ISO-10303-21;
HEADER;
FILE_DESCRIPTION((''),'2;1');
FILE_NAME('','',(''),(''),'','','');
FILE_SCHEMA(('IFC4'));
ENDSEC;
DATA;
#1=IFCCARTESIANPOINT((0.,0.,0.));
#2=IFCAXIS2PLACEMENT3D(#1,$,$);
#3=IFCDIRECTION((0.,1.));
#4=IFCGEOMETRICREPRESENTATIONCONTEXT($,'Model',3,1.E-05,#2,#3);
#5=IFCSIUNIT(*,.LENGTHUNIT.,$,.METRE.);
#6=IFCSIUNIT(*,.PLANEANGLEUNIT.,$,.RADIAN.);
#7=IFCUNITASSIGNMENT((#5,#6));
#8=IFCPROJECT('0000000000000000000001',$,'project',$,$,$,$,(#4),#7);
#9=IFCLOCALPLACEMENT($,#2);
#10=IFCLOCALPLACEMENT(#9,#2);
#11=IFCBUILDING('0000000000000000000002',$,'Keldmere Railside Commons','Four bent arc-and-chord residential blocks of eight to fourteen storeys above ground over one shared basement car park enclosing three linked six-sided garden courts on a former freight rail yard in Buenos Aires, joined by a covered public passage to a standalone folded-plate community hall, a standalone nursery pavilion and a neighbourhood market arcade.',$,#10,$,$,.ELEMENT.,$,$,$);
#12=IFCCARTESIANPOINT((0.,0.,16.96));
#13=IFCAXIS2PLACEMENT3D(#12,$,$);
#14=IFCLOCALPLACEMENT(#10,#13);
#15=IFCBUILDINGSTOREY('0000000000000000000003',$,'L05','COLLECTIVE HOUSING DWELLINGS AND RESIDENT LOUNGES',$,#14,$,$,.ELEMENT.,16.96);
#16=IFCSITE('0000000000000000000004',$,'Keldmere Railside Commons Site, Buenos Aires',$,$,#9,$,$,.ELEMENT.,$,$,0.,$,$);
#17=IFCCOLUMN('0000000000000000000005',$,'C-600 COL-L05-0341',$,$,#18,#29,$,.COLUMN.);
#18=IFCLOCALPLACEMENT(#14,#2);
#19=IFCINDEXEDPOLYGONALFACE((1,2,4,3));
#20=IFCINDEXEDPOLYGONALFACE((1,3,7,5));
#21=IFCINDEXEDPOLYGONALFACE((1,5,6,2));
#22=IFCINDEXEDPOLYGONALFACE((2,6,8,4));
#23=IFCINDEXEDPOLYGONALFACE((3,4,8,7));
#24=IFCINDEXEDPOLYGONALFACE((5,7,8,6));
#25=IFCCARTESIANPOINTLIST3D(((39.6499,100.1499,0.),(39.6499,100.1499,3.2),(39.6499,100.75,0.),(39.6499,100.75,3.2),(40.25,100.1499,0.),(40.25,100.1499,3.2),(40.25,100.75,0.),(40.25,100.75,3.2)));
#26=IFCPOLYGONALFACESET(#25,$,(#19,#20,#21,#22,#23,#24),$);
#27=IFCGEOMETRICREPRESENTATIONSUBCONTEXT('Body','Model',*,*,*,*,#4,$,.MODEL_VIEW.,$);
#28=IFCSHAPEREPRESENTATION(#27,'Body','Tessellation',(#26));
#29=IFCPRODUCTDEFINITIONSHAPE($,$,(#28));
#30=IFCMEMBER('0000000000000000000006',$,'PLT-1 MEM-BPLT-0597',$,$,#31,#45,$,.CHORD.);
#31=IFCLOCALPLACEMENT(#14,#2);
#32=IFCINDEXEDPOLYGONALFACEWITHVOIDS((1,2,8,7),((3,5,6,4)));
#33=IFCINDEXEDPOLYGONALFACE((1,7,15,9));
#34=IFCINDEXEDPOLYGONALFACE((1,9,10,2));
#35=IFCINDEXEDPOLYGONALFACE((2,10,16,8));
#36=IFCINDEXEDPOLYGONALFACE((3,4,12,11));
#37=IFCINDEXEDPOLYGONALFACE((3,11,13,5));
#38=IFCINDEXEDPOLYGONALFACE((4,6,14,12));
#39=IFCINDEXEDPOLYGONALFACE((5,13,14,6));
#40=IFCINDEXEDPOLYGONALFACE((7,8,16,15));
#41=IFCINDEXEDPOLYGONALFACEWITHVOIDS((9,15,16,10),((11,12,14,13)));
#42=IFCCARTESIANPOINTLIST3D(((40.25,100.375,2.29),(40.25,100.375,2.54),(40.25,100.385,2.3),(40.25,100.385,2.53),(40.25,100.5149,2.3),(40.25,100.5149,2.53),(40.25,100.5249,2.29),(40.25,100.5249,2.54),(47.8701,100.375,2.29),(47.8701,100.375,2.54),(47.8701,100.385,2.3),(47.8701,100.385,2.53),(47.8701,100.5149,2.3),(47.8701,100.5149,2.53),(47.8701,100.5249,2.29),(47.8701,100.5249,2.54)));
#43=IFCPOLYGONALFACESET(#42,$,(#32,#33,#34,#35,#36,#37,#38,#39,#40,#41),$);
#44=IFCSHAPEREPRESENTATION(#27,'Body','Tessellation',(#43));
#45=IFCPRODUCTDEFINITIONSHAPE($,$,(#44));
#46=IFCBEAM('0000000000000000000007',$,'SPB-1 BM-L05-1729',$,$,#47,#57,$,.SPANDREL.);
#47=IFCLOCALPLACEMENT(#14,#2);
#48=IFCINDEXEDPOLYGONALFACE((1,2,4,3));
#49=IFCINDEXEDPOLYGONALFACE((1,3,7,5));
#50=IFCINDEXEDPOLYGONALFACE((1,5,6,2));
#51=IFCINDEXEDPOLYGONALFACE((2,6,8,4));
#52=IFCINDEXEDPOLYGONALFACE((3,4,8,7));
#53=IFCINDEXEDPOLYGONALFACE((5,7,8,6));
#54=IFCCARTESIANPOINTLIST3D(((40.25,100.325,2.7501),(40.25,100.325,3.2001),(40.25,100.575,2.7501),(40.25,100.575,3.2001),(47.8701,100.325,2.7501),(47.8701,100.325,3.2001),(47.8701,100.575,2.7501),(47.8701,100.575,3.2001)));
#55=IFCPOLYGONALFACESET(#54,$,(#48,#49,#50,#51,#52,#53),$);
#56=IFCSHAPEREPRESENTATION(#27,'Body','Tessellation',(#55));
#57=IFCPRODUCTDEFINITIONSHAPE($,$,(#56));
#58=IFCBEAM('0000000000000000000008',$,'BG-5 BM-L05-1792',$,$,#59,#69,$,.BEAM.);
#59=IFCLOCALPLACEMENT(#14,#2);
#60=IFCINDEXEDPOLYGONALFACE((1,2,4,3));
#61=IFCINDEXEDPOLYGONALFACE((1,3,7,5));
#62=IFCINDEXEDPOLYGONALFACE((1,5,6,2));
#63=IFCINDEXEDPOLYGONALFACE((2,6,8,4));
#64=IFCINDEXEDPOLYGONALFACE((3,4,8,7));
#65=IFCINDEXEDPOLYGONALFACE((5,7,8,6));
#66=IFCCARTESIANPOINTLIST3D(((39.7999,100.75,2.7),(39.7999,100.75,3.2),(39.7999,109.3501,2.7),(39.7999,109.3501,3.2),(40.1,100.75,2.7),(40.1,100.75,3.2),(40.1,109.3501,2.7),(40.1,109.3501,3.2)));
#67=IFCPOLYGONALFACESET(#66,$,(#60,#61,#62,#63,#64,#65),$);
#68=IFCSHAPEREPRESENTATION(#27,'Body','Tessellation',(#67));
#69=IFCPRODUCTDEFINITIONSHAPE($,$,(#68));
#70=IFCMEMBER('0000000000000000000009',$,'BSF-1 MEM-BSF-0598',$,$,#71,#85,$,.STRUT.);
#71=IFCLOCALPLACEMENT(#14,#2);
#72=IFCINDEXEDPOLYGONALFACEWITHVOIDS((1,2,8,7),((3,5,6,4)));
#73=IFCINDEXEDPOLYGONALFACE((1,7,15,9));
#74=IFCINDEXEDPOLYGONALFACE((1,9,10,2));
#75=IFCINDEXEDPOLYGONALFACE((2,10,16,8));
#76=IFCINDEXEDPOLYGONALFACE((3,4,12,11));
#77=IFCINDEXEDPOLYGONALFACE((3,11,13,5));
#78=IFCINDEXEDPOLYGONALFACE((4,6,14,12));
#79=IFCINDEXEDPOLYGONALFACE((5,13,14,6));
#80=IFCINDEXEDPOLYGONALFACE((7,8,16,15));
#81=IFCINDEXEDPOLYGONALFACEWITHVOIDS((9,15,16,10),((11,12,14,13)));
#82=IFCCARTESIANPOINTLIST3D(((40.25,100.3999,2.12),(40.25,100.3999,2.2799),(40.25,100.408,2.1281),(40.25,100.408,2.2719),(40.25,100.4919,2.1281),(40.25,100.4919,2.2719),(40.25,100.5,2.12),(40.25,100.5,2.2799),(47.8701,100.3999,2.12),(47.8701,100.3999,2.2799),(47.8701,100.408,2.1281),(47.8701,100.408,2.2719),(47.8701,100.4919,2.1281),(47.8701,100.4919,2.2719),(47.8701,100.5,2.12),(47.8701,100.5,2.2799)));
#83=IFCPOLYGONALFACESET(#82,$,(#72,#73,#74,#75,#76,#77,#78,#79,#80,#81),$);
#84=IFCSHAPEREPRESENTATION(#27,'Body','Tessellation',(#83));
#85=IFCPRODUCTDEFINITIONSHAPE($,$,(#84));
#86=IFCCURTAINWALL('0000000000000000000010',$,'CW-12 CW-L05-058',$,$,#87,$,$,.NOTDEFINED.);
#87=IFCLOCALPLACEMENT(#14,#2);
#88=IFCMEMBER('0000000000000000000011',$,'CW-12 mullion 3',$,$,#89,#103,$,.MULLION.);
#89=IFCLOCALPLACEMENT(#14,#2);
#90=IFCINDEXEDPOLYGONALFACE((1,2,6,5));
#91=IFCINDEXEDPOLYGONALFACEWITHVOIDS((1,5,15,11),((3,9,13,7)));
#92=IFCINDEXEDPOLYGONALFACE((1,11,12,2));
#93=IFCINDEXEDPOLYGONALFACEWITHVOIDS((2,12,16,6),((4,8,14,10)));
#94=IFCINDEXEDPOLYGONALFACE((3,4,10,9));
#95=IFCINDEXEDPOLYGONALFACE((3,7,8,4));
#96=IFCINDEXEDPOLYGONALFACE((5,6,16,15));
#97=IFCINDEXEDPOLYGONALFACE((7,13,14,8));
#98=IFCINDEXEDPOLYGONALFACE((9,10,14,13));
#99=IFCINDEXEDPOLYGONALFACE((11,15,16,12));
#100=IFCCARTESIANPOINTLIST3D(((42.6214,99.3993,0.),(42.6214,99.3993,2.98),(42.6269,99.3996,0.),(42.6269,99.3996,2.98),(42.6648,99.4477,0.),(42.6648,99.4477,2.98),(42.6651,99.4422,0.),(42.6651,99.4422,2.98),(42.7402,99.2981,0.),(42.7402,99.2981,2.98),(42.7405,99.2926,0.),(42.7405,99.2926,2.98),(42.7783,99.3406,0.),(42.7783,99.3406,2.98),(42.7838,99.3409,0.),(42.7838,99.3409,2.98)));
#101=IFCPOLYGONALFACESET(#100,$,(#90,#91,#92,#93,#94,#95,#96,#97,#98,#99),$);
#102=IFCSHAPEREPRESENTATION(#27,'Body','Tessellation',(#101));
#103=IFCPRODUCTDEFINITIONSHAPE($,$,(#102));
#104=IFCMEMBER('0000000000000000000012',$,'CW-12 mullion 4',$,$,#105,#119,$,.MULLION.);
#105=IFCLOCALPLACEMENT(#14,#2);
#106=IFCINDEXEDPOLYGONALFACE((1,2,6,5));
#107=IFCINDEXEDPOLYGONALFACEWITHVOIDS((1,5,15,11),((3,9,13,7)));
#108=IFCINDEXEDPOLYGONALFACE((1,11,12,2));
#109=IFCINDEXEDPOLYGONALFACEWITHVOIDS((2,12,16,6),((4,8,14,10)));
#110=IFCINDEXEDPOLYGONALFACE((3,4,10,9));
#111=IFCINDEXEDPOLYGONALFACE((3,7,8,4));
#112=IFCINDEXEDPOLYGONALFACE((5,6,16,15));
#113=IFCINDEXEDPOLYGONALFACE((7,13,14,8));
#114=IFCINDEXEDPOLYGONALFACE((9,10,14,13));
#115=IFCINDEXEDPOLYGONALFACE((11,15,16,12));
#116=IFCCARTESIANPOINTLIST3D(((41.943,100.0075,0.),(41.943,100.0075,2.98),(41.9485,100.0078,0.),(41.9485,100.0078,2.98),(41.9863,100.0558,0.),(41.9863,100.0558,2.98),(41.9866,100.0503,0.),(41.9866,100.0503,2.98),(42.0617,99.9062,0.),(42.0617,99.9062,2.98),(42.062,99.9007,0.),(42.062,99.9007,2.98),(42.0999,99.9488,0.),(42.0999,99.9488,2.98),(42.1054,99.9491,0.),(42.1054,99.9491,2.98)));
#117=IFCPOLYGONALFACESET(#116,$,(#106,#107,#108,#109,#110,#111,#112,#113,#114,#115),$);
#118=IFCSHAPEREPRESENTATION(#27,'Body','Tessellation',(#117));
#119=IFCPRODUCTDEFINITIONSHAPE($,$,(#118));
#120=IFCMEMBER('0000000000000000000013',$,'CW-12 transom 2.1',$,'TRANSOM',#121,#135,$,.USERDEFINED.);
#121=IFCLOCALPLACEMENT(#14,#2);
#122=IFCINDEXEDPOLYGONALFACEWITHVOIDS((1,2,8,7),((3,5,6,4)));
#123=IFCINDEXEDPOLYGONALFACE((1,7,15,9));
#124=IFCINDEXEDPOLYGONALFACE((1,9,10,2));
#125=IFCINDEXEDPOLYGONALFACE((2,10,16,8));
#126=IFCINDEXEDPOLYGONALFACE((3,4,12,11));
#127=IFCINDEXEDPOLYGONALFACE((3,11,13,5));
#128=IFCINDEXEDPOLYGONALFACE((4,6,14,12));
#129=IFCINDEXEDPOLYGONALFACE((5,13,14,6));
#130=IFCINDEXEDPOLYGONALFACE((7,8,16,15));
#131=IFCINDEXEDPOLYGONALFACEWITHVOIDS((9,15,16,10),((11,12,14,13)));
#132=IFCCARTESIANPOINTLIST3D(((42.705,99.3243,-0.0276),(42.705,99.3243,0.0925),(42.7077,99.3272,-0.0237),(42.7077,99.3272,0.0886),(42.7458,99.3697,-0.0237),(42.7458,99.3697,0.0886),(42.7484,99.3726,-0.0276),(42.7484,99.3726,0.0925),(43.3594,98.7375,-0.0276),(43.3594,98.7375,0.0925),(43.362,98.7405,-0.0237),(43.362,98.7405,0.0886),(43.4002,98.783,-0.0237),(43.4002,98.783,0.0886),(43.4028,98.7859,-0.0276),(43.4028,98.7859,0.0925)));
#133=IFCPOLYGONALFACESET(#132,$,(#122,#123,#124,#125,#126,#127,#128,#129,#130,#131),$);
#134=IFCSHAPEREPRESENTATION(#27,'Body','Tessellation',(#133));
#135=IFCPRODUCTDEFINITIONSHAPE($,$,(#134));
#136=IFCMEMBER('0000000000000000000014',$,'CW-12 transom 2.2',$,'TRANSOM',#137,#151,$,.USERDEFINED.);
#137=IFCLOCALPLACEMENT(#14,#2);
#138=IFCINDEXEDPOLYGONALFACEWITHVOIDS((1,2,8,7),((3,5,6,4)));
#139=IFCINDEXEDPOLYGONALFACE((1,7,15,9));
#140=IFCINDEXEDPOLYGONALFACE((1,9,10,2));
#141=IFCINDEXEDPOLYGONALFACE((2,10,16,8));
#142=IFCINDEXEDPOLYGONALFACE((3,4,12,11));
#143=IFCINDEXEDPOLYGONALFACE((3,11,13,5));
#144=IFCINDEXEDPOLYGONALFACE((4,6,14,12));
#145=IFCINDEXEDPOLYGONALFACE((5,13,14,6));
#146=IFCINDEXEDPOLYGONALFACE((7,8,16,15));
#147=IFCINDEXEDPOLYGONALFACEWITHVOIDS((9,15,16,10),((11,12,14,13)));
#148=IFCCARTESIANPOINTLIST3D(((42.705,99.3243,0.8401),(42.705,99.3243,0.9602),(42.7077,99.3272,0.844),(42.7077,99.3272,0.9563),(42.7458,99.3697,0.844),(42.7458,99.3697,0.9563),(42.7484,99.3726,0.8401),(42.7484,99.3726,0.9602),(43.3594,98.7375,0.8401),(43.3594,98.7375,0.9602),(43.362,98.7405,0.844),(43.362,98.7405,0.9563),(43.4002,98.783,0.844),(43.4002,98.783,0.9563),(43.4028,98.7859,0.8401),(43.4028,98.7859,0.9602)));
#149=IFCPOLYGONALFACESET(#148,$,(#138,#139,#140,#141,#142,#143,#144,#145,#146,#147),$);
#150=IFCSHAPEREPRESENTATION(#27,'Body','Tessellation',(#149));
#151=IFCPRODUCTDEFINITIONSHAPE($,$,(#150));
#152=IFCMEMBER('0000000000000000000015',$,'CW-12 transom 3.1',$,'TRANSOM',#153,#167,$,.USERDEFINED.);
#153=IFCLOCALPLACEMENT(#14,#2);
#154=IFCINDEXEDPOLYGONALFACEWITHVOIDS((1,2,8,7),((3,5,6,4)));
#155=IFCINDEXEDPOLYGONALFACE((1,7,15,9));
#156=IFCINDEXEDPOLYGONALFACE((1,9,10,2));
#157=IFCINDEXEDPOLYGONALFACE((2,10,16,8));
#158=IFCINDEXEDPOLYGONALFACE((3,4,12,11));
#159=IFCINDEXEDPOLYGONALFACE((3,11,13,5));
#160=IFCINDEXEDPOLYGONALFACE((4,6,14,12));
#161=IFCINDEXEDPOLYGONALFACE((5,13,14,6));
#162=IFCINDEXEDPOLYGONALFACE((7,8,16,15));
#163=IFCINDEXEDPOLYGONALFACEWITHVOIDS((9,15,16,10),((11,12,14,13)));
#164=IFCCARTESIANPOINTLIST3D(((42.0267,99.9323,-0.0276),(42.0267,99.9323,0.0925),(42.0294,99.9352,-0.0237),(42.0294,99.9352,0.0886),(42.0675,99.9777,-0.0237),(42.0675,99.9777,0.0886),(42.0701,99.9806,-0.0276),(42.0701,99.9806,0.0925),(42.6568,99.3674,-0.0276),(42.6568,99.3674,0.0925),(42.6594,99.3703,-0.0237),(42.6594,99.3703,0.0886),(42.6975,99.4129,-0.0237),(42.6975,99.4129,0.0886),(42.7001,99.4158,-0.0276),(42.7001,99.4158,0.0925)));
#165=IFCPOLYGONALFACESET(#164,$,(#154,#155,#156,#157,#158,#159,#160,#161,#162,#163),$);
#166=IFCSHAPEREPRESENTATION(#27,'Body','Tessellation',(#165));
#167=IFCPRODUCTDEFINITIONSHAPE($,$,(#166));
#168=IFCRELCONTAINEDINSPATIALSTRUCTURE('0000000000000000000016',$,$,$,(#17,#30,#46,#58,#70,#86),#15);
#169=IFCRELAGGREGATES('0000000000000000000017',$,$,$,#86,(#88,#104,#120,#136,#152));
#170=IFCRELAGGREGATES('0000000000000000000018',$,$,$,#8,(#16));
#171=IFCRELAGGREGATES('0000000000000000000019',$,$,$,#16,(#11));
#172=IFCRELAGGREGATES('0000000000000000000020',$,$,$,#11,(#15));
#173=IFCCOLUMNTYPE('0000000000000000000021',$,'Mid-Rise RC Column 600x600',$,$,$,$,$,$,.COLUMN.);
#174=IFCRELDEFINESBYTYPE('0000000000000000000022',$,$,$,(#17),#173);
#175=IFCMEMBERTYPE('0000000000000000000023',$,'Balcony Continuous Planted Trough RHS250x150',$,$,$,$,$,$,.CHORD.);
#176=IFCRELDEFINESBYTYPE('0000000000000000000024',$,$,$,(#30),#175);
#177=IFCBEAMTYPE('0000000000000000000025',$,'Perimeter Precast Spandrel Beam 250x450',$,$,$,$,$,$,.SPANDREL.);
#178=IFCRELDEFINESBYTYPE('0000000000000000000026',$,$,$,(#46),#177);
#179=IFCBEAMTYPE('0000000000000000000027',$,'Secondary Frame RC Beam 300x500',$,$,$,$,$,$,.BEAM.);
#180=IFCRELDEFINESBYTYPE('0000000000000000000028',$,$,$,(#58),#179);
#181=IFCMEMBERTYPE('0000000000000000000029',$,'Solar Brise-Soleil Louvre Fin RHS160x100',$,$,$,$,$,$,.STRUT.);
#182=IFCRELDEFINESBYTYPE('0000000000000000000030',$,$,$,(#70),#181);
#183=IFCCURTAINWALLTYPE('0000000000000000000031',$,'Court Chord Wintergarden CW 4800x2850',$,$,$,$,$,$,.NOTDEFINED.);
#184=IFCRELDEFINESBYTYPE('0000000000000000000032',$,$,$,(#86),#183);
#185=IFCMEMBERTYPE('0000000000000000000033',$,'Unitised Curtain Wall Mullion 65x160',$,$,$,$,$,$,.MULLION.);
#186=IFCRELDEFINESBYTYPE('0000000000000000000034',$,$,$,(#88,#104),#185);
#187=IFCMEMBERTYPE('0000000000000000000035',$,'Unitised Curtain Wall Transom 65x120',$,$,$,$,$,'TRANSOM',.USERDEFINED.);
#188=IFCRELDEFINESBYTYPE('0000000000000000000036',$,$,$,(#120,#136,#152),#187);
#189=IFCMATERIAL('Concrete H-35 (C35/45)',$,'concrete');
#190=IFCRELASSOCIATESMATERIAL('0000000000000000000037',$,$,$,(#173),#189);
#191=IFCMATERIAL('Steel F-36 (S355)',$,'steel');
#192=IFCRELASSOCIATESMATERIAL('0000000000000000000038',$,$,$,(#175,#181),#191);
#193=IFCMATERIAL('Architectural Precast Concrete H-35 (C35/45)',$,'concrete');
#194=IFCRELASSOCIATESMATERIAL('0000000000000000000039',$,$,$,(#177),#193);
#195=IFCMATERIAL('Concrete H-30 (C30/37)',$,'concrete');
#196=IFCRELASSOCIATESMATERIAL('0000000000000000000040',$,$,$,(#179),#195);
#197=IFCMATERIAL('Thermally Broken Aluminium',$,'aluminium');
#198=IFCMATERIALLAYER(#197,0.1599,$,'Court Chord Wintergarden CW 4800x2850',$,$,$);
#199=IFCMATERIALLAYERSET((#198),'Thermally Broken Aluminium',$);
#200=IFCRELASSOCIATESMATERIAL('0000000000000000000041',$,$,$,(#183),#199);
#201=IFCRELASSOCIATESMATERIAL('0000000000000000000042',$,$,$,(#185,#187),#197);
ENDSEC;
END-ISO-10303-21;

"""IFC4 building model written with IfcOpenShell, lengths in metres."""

from ifc_helpers import new_model, si_unit, direction, frame, origin, origin_2d, place, context, subcontext, project, spatial, rectangle, hollow_rectangle, extrude, material, layer, layer_set, material_profile, profile_set, type_object, element, aggregate, save


model = new_model("IFC4")

# Units and contexts
model_context = context("Model", 3, precision=1e-05, world=origin(), true_north=direction((0.0, 1.0)))
body_context = subcontext(model_context, "Body", "Model", "MODEL_VIEW")
ifc_project = project(units=[si_unit("LENGTHUNIT", "METRE"), si_unit("PLANEANGLEUNIT", "RADIAN")], contexts=[model_context])

# Site, building, storey
site_placement = place(None, origin())
site = spatial("IfcSite", under=ifc_project, at=site_placement, Name="Keldmere Railside Commons Site, Buenos Aires", CompositionType="ELEMENT", RefElevation=0.0)
building_placement = place(site_placement, origin())
building = spatial("IfcBuilding", under=site, at=building_placement, Name="Keldmere Railside Commons", Description="Four bent arc-and-chord residential blocks of eight to fourteen storeys above ground over one shared basement car park enclosing three linked six-sided garden courts on a former freight rail yard in Buenos Aires, joined by a covered public passage to a standalone folded-plate community hall, a standalone nursery pavilion and a neighbourhood market arcade.", CompositionType="ELEMENT")
storey_placement = place(building_placement, frame((0.0, 0.0, 16.96)))
storey = spatial("IfcBuildingStorey", under=building, at=storey_placement, Name="L05", Description="COLLECTIVE HOUSING DWELLINGS AND RESIDENT LOUNGES", CompositionType="ELEMENT", Elevation=16.96)

# Column
ifc_material_1 = material(Name="Concrete H-35 (C35/45)", Category="concrete")
ifc_material_profile_1 = material_profile(ifc_material_1, rectangle(XDim=0.6001, YDim=0.6001, at=origin_2d()), Name="RC-600x600")
ifc_profile_set_1 = profile_set([ifc_material_profile_1], Name="Concrete H-35 (C35/45)")
column_type = type_object("IfcColumnType", Name="Mid-Rise RC Column 600x600", PredefinedType="COLUMN", material=ifc_profile_set_1)
column_placement = place(storey_placement, frame((39.95, 100.45, 0.0), z_axis=(0.0, 0.0, 1.0), x_axis=(1.0, 0.0, 0.0)))
element("IfcColumn", 1, at=column_placement, inside=storey, type_object=column_type, Name="C-600 COL-L05-0341", PredefinedType="COLUMN", context=body_context, shape_type="SweptSolid", body=[
    extrude(rectangle(XDim=0.6001, YDim=0.6001, at=origin_2d()), origin(), (0.0, 0.0, 1.0), 3.2),
])

# Member
ifc_material_2 = material(Name="Steel F-36 (S355)", Category="steel")
ifc_material_profile_2 = material_profile(ifc_material_2, hollow_rectangle(XDim=0.1499, YDim=0.25, WallThickness=0.01, at=origin_2d()), Name="RHS-250x150x10")
ifc_profile_set_2 = profile_set([ifc_material_profile_2], Name="Steel F-36 (S355)")
member_type_1 = type_object("IfcMemberType", Name="Balcony Continuous Planted Trough RHS250x150", PredefinedType="CHORD", material=ifc_profile_set_2)
member_1_placement = place(storey_placement, frame((40.25, 100.45, 2.415), z_axis=(1.0, 0.0, 0.0), x_axis=(0.0, 1.0, 0.0)))
element("IfcMember", 2, at=member_1_placement, inside=storey, type_object=member_type_1, Name="PLT-1 MEM-BPLT-0597", PredefinedType="CHORD", context=body_context, shape_type="SweptSolid", body=[
    extrude(hollow_rectangle(XDim=0.1499, YDim=0.25, WallThickness=0.01, at=origin_2d()), origin(), (0.0, 0.0, 1.0), 7.6201),
])

# Beams
ifc_material_3 = material(Name="Architectural Precast Concrete H-35 (C35/45)", Category="concrete")
ifc_material_profile_3 = material_profile(ifc_material_3, rectangle(XDim=0.25, YDim=0.45, at=origin_2d()), Name="RC-250x450")
ifc_profile_set_3 = profile_set([ifc_material_profile_3], Name="Architectural Precast Concrete H-35 (C35/45)")
beam_type_1 = type_object("IfcBeamType", Name="Perimeter Precast Spandrel Beam 250x450", PredefinedType="SPANDREL", material=ifc_profile_set_3)
beam_1_placement = place(storey_placement, frame((40.25, 100.45, 2.9751), z_axis=(1.0, 0.0, 0.0), x_axis=(0.0, 1.0, 0.0)))
element("IfcBeam", 3, at=beam_1_placement, inside=storey, type_object=beam_type_1, Name="SPB-1 BM-L05-1729", PredefinedType="SPANDREL", context=body_context, shape_type="SweptSolid", body=[
    extrude(rectangle(XDim=0.25, YDim=0.45, at=origin_2d()), origin(), (0.0, 0.0, 1.0), 7.6201),
])
ifc_material_4 = material(Name="Concrete H-30 (C30/37)", Category="concrete")
ifc_material_profile_4 = material_profile(ifc_material_4, rectangle(XDim=0.3, YDim=0.5, at=origin_2d()), Name="RC-300x500")
ifc_profile_set_4 = profile_set([ifc_material_profile_4], Name="Concrete H-30 (C30/37)")
beam_type_2 = type_object("IfcBeamType", Name="Secondary Frame RC Beam 300x500", PredefinedType="BEAM", material=ifc_profile_set_4)
beam_2_placement = place(storey_placement, frame((39.95, 100.75, 2.95), z_axis=(0.0, 1.0, 0.0), x_axis=(-1.0, 0.0, 0.0)))
element("IfcBeam", 4, at=beam_2_placement, inside=storey, type_object=beam_type_2, Name="BG-5 BM-L05-1792", PredefinedType="BEAM", context=body_context, shape_type="SweptSolid", body=[
    extrude(rectangle(XDim=0.3, YDim=0.5, at=origin_2d()), origin(), (0.0, 0.0, 1.0), 8.6001),
])

# Member
ifc_material_profile_5 = material_profile(ifc_material_2, hollow_rectangle(XDim=0.1001, YDim=0.1599, WallThickness=0.0081, at=origin_2d()), Name="RHS-160x100x8")
ifc_profile_set_5 = profile_set([ifc_material_profile_5], Name="Steel F-36 (S355)")
member_type_2 = type_object("IfcMemberType", Name="Solar Brise-Soleil Louvre Fin RHS160x100", PredefinedType="STRUT", material=ifc_profile_set_5)
member_2_placement = place(storey_placement, frame((40.25, 100.45, 2.2), z_axis=(1.0, 0.0, 0.0), x_axis=(0.0, 1.0, 0.0)))
element("IfcMember", 5, at=member_2_placement, inside=storey, type_object=member_type_2, Name="BSF-1 MEM-BSF-0598", PredefinedType="STRUT", context=body_context, shape_type="SweptSolid", body=[
    extrude(hollow_rectangle(XDim=0.1001, YDim=0.1599, WallThickness=0.0081, at=origin_2d()), origin(), (0.0, 0.0, 1.0), 7.6201),
])

# Curtain wall, members
ifc_material_5 = material(Name="Thermally Broken Aluminium", Category="aluminium")
ifc_layer_1 = layer(ifc_material_5, 0.1599, Name="Court Chord Wintergarden CW 4800x2850")
ifc_layer_set_1 = layer_set([ifc_layer_1], Name="Thermally Broken Aluminium")
curtain_wall_type = type_object("IfcCurtainWallType", Name="Court Chord Wintergarden CW 4800x2850", PredefinedType="NOTDEFINED", material=ifc_layer_set_1)
curtain_wall_placement = place(storey_placement, origin())
curtain_wall = element("IfcCurtainWall", 6, at=curtain_wall_placement, inside=storey, type_object=curtain_wall_type, Name="CW-12 CW-L05-058", PredefinedType="NOTDEFINED")
ifc_material_profile_6 = material_profile(ifc_material_5, hollow_rectangle(XDim=0.0649, YDim=0.1599, WallThickness=0.0039, at=origin_2d()), Name="ALU-MULL-65x160")
ifc_profile_set_6 = profile_set([ifc_material_profile_6], Name="Thermally Broken Aluminium")
member_type_3 = type_object("IfcMemberType", Name="Unitised Curtain Wall Mullion 65x160", PredefinedType="MULLION", material=ifc_profile_set_6)
member_3_placement = place(storey_placement, frame((42.7026, 99.3701, 0.0), z_axis=(0.0, 0.0, 1.0), x_axis=(-0.667559, -0.744557, 0.0)))
member_3 = element("IfcMember", 7, at=member_3_placement, type_object=member_type_3, Name="CW-12 mullion 3", PredefinedType="MULLION", context=body_context, shape_type="SweptSolid", body=[
    extrude(hollow_rectangle(XDim=0.0649, YDim=0.1599, WallThickness=0.0039, at=origin_2d()), origin(), (0.0, 0.0, 1.0), 2.98),
])
member_4_placement = place(storey_placement, frame((42.0242, 99.9783, 0.0), z_axis=(0.0, 0.0, 1.0), x_axis=(-0.667559, -0.744557, 0.0)))
member_4 = element("IfcMember", 8, at=member_4_placement, type_object=member_type_3, Name="CW-12 mullion 4", PredefinedType="MULLION", context=body_context, shape_type="SweptSolid", body=[
    extrude(hollow_rectangle(XDim=0.0649, YDim=0.1599, WallThickness=0.0039, at=origin_2d()), origin(), (0.0, 0.0, 1.0), 2.98),
])
ifc_material_profile_7 = material_profile(ifc_material_5, hollow_rectangle(XDim=0.0649, YDim=0.1201, WallThickness=0.0039, at=origin_2d()), Name="ALU-TRAN-65x120")
ifc_profile_set_7 = profile_set([ifc_material_profile_7], Name="Thermally Broken Aluminium")
member_type_4 = type_object("IfcMemberType", Name="Unitised Curtain Wall Transom 65x120", ElementType="TRANSOM", PredefinedType="USERDEFINED", material=ifc_profile_set_7)
member_5_placement = place(storey_placement, frame((43.3811, 98.7617, 0.0325), z_axis=(-0.744536, 0.667582, 0.0), x_axis=(-0.667582, -0.744536, 0.0)))
member_5 = element("IfcMember", 9, at=member_5_placement, type_object=member_type_4, Name="CW-12 transom 2.1", ObjectType="TRANSOM", PredefinedType="USERDEFINED", context=body_context, shape_type="SweptSolid", body=[
    extrude(hollow_rectangle(XDim=0.0649, YDim=0.1201, WallThickness=0.0039, at=origin_2d()), origin(), (0.0, 0.0, 1.0), 0.8789),
])
member_6_placement = place(storey_placement, frame((43.3811, 98.7617, 0.9001), z_axis=(-0.744536, 0.667582, 0.0), x_axis=(-0.667582, -0.744536, 0.0)))
member_6 = element("IfcMember", 10, at=member_6_placement, type_object=member_type_4, Name="CW-12 transom 2.2", ObjectType="TRANSOM", PredefinedType="USERDEFINED", context=body_context, shape_type="SweptSolid", body=[
    extrude(hollow_rectangle(XDim=0.0649, YDim=0.1201, WallThickness=0.0039, at=origin_2d()), origin(), (0.0, 0.0, 1.0), 0.8789),
])
member_7_placement = place(storey_placement, frame((42.6785, 99.3916, 0.0325), z_axis=(-0.744569, 0.667545, 0.0), x_axis=(-0.667545, -0.744569, 0.0)))
member_7 = element("IfcMember", 11, at=member_7_placement, type_object=member_type_4, Name="CW-12 transom 3.1", ObjectType="TRANSOM", PredefinedType="USERDEFINED", context=body_context, shape_type="SweptSolid", body=[
    extrude(hollow_rectangle(XDim=0.0649, YDim=0.1201, WallThickness=0.0039, at=origin_2d()), origin(), (0.0, 0.0, 1.0), 0.8462),
])
aggregate(curtain_wall, [member_3, member_4, member_5, member_6, member_7])

save(model, "model.ifc")
